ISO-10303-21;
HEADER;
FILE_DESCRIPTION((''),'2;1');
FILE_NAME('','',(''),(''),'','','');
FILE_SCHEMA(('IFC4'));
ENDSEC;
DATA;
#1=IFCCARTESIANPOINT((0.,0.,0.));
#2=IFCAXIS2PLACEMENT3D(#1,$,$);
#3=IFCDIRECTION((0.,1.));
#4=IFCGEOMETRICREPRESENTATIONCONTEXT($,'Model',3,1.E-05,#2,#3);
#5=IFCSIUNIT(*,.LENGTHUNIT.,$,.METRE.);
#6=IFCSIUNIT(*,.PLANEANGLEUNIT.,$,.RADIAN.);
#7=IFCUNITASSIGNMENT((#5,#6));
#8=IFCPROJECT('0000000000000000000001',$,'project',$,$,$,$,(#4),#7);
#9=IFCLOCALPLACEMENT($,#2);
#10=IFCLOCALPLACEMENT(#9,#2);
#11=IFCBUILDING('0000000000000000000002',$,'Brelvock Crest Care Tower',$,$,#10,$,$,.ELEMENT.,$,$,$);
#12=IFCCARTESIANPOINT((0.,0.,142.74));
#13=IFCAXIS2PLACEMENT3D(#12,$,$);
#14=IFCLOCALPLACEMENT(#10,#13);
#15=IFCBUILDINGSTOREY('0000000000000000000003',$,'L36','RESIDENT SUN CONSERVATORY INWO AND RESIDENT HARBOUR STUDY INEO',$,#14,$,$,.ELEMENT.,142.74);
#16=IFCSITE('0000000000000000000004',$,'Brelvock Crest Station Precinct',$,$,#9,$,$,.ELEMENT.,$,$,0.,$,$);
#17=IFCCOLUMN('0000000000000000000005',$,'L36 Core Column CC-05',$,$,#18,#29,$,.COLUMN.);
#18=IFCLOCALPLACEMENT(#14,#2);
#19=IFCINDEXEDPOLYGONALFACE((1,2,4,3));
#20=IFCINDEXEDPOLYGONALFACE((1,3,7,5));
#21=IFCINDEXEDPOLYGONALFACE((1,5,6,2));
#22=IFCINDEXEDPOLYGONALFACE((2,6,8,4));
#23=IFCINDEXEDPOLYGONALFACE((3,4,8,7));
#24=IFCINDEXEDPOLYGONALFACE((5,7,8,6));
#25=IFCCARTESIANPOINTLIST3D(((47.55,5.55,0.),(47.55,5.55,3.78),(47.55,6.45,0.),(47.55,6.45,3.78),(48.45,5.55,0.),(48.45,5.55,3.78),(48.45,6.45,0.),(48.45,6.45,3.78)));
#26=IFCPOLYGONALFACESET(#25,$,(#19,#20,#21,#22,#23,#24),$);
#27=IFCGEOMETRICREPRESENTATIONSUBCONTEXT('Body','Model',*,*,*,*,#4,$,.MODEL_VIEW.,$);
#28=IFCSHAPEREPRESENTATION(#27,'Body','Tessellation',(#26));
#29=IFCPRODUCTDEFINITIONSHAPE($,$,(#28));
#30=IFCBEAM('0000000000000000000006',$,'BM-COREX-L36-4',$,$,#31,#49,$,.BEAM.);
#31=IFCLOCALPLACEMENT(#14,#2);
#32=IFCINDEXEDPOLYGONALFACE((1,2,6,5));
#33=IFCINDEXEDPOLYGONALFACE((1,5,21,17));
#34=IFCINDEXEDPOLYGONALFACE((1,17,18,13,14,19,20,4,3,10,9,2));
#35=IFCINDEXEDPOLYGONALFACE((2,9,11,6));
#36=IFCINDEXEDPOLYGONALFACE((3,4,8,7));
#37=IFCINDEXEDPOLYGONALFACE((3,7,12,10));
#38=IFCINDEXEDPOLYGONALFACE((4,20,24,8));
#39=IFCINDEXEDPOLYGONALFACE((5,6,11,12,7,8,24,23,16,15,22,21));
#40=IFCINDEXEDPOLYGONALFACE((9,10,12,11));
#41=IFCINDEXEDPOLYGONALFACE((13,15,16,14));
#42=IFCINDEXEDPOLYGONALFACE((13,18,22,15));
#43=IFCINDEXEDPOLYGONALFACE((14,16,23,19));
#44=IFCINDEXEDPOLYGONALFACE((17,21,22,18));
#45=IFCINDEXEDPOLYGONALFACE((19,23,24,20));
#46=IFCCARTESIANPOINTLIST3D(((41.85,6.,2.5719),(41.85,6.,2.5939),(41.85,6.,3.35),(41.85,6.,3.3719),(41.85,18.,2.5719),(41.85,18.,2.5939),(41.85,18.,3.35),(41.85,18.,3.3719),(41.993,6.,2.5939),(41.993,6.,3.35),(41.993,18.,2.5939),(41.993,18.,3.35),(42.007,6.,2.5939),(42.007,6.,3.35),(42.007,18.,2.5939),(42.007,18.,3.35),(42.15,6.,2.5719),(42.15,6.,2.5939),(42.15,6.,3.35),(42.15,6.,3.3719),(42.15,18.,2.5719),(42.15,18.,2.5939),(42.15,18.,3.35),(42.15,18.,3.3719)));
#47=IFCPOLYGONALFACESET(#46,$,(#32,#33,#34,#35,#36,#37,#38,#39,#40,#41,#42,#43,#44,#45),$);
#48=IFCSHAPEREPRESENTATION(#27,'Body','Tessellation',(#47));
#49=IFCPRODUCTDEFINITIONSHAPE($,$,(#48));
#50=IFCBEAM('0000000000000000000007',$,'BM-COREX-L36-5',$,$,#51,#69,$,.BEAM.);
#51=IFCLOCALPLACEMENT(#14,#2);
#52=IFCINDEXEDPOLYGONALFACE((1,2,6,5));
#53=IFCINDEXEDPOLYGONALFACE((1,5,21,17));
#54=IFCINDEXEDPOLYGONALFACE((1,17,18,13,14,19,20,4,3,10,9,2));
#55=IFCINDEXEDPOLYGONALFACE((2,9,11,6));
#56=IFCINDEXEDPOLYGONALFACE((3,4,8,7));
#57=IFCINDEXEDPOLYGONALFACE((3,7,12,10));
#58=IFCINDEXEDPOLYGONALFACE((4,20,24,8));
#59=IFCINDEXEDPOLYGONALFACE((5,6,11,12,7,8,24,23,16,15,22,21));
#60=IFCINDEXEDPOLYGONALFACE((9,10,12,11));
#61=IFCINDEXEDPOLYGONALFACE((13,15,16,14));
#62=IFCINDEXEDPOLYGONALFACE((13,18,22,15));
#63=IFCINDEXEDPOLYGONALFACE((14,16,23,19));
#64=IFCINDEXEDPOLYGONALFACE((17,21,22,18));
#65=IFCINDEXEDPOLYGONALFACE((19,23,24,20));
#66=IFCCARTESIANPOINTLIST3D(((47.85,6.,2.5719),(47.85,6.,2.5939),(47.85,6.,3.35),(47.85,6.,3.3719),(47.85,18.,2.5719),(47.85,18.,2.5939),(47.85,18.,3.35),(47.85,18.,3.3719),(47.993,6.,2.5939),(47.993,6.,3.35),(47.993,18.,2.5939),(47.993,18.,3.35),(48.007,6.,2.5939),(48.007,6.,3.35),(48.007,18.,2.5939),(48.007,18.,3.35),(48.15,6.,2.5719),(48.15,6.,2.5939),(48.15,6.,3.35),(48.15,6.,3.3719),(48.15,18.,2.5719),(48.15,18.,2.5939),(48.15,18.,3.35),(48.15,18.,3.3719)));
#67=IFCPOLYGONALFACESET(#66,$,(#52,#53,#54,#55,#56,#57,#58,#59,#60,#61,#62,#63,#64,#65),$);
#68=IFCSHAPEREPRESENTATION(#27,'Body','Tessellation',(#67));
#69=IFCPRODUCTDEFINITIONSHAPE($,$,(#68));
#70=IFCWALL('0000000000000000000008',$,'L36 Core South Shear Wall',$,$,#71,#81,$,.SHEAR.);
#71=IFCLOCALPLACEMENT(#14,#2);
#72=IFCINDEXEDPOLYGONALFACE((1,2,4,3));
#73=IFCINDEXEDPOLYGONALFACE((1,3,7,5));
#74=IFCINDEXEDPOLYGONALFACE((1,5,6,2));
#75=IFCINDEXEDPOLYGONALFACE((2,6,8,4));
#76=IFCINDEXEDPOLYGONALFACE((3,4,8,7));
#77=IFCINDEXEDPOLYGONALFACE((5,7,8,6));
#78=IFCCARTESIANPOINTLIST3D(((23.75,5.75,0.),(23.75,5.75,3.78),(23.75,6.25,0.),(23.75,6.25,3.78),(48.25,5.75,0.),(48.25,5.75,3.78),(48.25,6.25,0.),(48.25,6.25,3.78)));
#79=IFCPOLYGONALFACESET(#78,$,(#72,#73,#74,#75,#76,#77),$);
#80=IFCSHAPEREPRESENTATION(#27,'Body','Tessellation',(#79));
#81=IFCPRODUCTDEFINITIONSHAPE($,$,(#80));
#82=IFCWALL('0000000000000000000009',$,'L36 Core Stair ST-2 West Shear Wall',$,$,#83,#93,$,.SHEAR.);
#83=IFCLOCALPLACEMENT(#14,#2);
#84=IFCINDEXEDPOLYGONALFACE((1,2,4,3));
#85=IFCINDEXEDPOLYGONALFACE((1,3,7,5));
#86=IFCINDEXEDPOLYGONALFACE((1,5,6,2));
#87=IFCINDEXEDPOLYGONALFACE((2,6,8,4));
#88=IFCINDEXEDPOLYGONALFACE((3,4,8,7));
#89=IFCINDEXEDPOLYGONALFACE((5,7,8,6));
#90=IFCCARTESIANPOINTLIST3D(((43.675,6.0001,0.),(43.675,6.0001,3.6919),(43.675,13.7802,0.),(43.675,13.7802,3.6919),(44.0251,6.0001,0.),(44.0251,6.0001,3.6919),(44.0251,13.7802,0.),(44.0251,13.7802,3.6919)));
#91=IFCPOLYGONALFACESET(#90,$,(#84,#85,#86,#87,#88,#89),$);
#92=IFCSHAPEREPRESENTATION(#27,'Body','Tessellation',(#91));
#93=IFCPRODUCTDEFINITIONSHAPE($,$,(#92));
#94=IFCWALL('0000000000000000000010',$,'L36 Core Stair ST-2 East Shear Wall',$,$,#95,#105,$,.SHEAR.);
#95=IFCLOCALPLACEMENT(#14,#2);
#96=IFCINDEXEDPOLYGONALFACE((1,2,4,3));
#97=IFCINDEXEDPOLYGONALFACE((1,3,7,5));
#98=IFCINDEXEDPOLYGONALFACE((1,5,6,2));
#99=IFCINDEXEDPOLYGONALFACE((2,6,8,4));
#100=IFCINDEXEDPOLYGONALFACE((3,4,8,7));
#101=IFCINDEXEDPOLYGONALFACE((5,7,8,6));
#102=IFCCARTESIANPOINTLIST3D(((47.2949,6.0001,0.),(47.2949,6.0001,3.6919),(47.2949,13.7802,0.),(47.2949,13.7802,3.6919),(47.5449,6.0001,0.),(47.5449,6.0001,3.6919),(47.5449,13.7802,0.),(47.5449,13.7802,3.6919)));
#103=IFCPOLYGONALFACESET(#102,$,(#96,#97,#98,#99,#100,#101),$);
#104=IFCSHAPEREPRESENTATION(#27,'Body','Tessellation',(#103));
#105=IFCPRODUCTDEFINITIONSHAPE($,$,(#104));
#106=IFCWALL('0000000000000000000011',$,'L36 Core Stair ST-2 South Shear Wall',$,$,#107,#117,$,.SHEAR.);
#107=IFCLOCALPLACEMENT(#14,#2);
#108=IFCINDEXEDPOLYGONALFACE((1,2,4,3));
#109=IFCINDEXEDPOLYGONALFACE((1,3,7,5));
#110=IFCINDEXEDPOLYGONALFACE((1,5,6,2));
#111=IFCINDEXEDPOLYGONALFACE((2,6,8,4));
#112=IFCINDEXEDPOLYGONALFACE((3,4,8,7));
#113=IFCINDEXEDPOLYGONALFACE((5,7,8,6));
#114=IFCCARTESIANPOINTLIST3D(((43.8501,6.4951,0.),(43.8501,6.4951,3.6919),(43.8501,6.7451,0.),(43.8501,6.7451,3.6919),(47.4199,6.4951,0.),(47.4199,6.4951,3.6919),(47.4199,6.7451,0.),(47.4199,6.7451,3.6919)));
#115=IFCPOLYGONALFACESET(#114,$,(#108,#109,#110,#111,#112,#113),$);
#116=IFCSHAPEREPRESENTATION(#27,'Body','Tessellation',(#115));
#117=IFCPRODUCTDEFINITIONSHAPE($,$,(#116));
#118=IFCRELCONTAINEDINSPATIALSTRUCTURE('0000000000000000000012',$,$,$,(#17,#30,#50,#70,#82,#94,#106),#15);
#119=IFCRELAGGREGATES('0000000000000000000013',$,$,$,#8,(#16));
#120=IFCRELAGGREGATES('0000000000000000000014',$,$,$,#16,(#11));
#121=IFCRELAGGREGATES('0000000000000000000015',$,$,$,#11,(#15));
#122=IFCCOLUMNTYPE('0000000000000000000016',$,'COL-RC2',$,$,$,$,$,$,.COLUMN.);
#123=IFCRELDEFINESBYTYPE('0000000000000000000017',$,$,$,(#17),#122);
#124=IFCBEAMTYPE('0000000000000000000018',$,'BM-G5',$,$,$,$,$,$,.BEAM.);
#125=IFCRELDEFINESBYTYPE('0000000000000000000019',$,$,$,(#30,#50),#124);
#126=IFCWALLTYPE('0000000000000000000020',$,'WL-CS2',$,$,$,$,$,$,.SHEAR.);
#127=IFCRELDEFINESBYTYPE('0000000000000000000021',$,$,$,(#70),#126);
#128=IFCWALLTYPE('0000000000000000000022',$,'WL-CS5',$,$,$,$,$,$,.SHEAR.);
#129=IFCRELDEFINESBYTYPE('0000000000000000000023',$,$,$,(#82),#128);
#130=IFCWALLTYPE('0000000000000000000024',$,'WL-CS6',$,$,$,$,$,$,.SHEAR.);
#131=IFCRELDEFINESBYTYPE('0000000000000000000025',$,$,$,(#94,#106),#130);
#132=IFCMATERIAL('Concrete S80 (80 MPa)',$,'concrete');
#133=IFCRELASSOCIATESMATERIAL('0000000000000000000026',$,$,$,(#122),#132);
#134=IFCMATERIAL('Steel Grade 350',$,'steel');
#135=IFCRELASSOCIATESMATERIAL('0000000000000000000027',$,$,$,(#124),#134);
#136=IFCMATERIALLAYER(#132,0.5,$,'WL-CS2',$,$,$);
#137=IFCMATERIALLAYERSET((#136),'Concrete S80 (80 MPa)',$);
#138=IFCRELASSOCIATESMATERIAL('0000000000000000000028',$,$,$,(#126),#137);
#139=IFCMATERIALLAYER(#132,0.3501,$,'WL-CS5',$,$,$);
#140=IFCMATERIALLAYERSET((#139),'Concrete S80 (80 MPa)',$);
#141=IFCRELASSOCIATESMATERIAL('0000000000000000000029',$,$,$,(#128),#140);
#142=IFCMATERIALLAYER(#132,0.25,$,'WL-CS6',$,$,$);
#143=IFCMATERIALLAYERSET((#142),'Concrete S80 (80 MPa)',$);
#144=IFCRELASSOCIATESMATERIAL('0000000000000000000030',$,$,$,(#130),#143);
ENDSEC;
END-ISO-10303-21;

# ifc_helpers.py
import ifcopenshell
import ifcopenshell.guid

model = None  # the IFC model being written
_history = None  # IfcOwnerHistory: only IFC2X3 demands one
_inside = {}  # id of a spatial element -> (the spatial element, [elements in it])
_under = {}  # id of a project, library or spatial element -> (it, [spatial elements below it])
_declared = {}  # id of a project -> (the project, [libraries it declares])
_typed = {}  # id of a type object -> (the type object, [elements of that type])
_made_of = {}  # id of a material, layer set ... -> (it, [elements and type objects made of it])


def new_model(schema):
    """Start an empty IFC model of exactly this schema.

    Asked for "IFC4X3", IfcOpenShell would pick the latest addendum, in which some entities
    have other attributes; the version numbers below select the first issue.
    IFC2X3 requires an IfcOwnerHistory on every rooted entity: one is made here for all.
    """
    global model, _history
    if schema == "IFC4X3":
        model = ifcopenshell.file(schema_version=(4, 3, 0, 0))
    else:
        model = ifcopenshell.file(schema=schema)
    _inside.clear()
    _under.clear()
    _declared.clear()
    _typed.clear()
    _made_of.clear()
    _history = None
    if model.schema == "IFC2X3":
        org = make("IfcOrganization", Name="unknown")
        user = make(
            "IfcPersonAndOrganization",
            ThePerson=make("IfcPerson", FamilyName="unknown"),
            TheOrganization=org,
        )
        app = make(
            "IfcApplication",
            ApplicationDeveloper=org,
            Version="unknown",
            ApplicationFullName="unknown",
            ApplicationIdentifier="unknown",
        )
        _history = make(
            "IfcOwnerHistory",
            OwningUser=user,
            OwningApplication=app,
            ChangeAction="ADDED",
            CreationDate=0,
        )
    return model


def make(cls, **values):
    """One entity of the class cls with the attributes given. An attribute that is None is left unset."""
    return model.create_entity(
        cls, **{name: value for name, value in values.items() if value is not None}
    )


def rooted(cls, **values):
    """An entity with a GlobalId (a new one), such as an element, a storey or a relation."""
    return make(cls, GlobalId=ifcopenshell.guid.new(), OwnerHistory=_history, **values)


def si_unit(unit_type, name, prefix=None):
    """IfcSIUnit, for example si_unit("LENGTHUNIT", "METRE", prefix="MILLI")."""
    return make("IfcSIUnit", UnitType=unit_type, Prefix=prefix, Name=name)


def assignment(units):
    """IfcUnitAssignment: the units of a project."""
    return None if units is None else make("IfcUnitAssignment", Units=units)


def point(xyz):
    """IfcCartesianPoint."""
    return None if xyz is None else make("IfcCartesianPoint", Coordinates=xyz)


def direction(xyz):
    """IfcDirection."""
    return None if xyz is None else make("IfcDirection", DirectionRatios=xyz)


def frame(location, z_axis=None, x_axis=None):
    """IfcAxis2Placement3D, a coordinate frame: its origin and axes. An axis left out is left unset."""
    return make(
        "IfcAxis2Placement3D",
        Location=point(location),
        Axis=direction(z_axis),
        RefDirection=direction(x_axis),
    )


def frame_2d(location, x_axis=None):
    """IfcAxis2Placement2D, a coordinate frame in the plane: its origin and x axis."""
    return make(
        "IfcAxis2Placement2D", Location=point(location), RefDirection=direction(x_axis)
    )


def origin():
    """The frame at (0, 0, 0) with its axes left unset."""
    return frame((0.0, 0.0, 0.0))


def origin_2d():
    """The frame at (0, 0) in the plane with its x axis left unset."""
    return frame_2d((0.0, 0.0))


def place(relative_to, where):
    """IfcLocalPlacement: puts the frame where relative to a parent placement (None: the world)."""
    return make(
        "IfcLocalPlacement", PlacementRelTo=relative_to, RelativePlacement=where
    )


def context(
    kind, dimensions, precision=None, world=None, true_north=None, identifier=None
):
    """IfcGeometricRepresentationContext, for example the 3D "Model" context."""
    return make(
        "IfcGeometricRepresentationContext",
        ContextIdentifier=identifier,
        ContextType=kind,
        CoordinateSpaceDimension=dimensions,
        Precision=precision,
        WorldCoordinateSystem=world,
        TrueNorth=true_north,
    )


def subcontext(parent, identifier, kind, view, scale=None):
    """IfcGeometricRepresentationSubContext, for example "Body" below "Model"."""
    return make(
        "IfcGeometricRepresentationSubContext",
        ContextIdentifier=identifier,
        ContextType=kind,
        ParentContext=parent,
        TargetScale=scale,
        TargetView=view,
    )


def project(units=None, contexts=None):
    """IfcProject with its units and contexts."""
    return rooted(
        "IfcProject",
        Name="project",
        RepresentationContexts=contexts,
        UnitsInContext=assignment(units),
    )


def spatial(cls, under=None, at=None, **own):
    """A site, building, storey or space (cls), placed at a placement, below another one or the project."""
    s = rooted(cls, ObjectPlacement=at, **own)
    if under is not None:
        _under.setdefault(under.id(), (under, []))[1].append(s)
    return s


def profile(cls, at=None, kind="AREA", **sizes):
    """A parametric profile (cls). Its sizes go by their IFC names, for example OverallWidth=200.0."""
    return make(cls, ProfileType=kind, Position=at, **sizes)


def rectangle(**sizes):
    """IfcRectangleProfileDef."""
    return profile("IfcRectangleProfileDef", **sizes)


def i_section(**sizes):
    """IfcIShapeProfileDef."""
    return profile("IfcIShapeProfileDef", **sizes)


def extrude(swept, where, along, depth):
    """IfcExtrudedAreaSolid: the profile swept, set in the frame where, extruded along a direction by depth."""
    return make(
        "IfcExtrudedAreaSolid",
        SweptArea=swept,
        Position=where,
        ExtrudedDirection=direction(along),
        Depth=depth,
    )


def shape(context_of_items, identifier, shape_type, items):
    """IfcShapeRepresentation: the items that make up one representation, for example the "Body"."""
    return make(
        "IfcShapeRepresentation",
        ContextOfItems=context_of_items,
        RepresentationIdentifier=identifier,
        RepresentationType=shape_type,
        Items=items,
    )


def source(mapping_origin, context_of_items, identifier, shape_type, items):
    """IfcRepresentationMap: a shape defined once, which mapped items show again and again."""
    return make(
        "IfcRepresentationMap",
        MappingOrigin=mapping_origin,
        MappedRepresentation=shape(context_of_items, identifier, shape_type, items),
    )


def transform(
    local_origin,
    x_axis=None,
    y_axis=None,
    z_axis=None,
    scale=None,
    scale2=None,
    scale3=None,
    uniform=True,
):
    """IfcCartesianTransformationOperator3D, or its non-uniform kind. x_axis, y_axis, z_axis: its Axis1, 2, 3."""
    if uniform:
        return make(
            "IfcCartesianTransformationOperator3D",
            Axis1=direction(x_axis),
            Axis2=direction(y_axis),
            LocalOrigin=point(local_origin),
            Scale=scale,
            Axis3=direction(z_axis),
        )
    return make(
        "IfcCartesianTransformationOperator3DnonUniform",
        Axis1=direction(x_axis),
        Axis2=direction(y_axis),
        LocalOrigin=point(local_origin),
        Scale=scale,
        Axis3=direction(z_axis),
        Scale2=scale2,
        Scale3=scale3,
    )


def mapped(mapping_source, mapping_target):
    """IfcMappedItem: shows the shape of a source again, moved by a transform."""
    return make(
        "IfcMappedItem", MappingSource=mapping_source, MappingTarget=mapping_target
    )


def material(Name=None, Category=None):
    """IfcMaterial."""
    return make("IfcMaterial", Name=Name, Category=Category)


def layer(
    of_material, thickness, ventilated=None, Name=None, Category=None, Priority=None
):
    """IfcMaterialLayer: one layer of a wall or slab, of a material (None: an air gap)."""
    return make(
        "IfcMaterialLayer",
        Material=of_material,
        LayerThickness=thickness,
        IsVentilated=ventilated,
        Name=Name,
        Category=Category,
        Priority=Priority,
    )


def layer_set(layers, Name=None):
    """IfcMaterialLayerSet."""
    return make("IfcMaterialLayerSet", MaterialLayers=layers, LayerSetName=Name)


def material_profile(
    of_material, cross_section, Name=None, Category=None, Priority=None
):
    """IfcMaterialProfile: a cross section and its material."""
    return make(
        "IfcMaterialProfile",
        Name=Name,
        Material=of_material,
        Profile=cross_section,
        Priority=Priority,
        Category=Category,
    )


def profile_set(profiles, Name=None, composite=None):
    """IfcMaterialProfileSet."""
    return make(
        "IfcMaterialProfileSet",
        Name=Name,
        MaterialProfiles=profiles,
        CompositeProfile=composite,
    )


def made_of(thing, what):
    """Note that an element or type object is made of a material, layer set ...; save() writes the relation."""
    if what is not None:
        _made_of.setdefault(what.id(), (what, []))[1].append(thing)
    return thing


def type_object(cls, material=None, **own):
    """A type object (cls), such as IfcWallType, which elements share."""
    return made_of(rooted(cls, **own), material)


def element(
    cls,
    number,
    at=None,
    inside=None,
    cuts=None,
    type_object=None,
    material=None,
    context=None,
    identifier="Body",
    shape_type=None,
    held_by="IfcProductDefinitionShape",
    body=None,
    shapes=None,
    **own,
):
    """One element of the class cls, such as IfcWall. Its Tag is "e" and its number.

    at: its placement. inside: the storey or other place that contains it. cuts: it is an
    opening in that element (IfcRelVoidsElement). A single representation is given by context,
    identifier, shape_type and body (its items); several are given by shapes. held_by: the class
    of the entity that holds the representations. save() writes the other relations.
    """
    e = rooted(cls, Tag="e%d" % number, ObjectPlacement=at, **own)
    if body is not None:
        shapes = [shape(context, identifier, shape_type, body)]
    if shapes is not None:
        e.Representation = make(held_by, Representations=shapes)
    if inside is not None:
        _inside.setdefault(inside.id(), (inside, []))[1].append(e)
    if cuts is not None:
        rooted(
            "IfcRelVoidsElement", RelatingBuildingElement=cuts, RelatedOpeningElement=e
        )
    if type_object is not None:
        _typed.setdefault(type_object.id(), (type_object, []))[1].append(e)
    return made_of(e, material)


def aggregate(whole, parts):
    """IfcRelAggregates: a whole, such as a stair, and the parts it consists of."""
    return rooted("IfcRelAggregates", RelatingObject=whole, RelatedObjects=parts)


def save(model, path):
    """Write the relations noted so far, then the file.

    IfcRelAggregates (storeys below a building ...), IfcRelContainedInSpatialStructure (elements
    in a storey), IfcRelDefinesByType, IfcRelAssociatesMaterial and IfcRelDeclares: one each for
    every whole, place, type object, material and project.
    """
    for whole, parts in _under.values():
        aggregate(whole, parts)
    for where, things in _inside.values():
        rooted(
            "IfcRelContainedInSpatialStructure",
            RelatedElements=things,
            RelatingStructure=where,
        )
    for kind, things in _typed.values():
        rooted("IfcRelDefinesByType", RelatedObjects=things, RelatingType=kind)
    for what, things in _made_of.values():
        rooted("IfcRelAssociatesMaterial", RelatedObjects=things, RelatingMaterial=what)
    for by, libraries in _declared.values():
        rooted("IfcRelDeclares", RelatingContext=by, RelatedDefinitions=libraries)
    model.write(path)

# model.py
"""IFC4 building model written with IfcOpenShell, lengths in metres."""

from ifc_helpers import new_model, si_unit, direction, frame, frame_2d, origin, origin_2d, place, context, subcontext, project, spatial, rectangle, i_section, extrude, source, transform, mapped, material, layer, layer_set, material_profile, profile_set, type_object, element, save


model = new_model("IFC4")

# Units and contexts
model_context = context("Model", 3, precision=1e-05, world=origin(), true_north=direction((0.0, 1.0)))
body_context = subcontext(model_context, "Body", "Model", "MODEL_VIEW")
ifc_project = project(units=[si_unit("LENGTHUNIT", "METRE"), si_unit("PLANEANGLEUNIT", "RADIAN")], contexts=[model_context])

# Site, building, storey
site_placement = place(None, origin())
site = spatial("IfcSite", under=ifc_project, at=site_placement, Name="Brelvock Crest Station Precinct", CompositionType="ELEMENT", RefElevation=0.0)
building_placement = place(site_placement, origin())
building = spatial("IfcBuilding", under=site, at=building_placement, Name="Brelvock Crest Care Tower", CompositionType="ELEMENT")
storey_placement = place(building_placement, frame((0.0, 0.0, 142.74)))
storey = spatial("IfcBuildingStorey", under=building, at=storey_placement, Name="L36", Description="RESIDENT SUN CONSERVATORY INWO AND RESIDENT HARBOUR STUDY INEO", CompositionType="ELEMENT", Elevation=142.74)

# Column
ifc_material_1 = material(Name="Concrete S80 (80 MPa)", Category="concrete")
ifc_material_profile_1 = material_profile(ifc_material_1, rectangle(XDim=0.8999, YDim=0.8999, at=origin_2d()), Name="RC900x900")
ifc_profile_set_1 = profile_set([ifc_material_profile_1], Name="Concrete S80 (80 MPa)")
column_type = type_object("IfcColumnType", Name="COL-RC2", PredefinedType="COLUMN", material=ifc_profile_set_1)
shared_shape_1 = source(origin(), body_context, "Body", "SweptSolid", [
    extrude(rectangle(XDim=0.8999, YDim=0.8999, at=origin_2d()), origin(), (0.0, 0.0, 1.0), 3.78),
])
column_placement = place(storey_placement, frame((48.0, 6.0, 0.0), z_axis=(0.0, 0.0, 1.0), x_axis=(1.0, 0.0, 0.0)))
element("IfcColumn", 1, at=column_placement, inside=storey, type_object=column_type, Name="L36 Core Column CC-05", PredefinedType="COLUMN", context=body_context, shape_type="MappedRepresentation", body=[
    mapped(shared_shape_1, transform((0.0, 0.0, 0.0), x_axis=(1.0, 0.0, 0.0), y_axis=(0.0, 1.0, 0.0), z_axis=(0.0, 0.0, 1.0), scale=1.0)),
])

# Beams
ifc_material_2 = material(Name="Steel Grade 350", Category="steel")
ifc_material_profile_2 = material_profile(ifc_material_2, i_section(OverallWidth=0.3, OverallDepth=0.8, WebThickness=0.0139, FlangeThickness=0.022, at=origin_2d()), Name="800WB192")
ifc_profile_set_2 = profile_set([ifc_material_profile_2], Name="Steel Grade 350")
beam_type = type_object("IfcBeamType", Name="BM-G5", PredefinedType="BEAM", material=ifc_profile_set_2)
shared_shape_2 = source(origin(), body_context, "Body", "SweptSolid", [
    extrude(i_section(OverallWidth=0.3, OverallDepth=0.8, WebThickness=0.0139, FlangeThickness=0.022, at=origin_2d()), origin(), (0.0, 0.0, 1.0), 12.0),
])
for number, where, z_axis, x_axis, name in (
    (2, (42.0, 6.0, 2.9719), (0.0, 1.0, 0.0), (-1.0, 0.0, 0.0), "BM-COREX-L36-4"),
    (3, (48.0, 6.0, 2.9719), (0.0, 1.0, 0.0), (-1.0, 0.0, 0.0), "BM-COREX-L36-5"),
):
    element("IfcBeam", number, at=place(storey_placement, frame(where, z_axis=z_axis, x_axis=x_axis)), inside=storey, type_object=beam_type, Name=name, PredefinedType="BEAM", context=body_context, shape_type="MappedRepresentation", body=[
        mapped(shared_shape_2, transform((0.0, 0.0, 0.0), x_axis=(1.0, 0.0, 0.0), y_axis=(0.0, 1.0, 0.0), z_axis=(0.0, 0.0, 1.0), scale=1.0)),
    ])

# Walls
ifc_layer_1 = layer(ifc_material_1, 0.5, Name="WL-CS2")
ifc_layer_set_1 = layer_set([ifc_layer_1], Name="Concrete S80 (80 MPa)")
wall_type_1 = type_object("IfcWallType", Name="WL-CS2", PredefinedType="SHEAR", material=ifc_layer_set_1)
wall_1_placement = place(storey_placement, frame((48.25, 6.0, 0.0), z_axis=(0.0, 0.0, 1.0), x_axis=(-1.0, 0.0, 0.0)))
element("IfcWall", 4, at=wall_1_placement, inside=storey, type_object=wall_type_1, Name="L36 Core South Shear Wall", PredefinedType="SHEAR", context=body_context, shape_type="SweptSolid", body=[
    extrude(rectangle(XDim=24.5, YDim=0.5, at=frame_2d((12.25, 0.0))), origin(), (0.0, 0.0, 1.0), 3.78),
])
ifc_layer_2 = layer(ifc_material_1, 0.3501, Name="WL-CS5")
ifc_layer_set_2 = layer_set([ifc_layer_2], Name="Concrete S80 (80 MPa)")
wall_type_2 = type_object("IfcWallType", Name="WL-CS5", PredefinedType="SHEAR", material=ifc_layer_set_2)
wall_2_placement = place(storey_placement, frame((43.8501, 6.0, 0.0), z_axis=(0.0, 0.0, 1.0), x_axis=(0.0, 1.0, 0.0)))
element("IfcWall", 5, at=wall_2_placement, inside=storey, type_object=wall_type_2, Name="L36 Core Stair ST-2 West Shear Wall", PredefinedType="SHEAR", context=body_context, shape_type="SweptSolid", body=[
    extrude(rectangle(XDim=7.78, YDim=0.3501, at=frame_2d((3.8901, 0.0))), origin(), (0.0, 0.0, 1.0), 3.6919),
])
ifc_layer_3 = layer(ifc_material_1, 0.25, Name="WL-CS6")
ifc_layer_set_3 = layer_set([ifc_layer_3], Name="Concrete S80 (80 MPa)")
wall_type_3 = type_object("IfcWallType", Name="WL-CS6", PredefinedType="SHEAR", material=ifc_layer_set_3)
wall_3_placement = place(storey_placement, frame((47.4199, 6.0, 0.0), z_axis=(0.0, 0.0, 1.0), x_axis=(0.0, 1.0, 0.0)))
element("IfcWall", 6, at=wall_3_placement, inside=storey, type_object=wall_type_3, Name="L36 Core Stair ST-2 East Shear Wall", PredefinedType="SHEAR", context=body_context, shape_type="SweptSolid", body=[
    extrude(rectangle(XDim=7.78, YDim=0.25, at=frame_2d((3.8901, 0.0))), origin(), (0.0, 0.0, 1.0), 3.6919),
])
wall_4_placement = place(storey_placement, frame((43.8501, 6.6201, 0.0), z_axis=(0.0, 0.0, 1.0), x_axis=(1.0, 0.0, 0.0)))
element("IfcWall", 7, at=wall_4_placement, inside=storey, type_object=wall_type_3, Name="L36 Core Stair ST-2 South Shear Wall", PredefinedType="SHEAR", context=body_context, shape_type="SweptSolid", body=[
    extrude(rectangle(XDim=3.5698, YDim=0.25, at=frame_2d((1.7849, 0.0))), origin(), (0.0, 0.0, 1.0), 3.6919),
])

save(model, "model.ifc")
